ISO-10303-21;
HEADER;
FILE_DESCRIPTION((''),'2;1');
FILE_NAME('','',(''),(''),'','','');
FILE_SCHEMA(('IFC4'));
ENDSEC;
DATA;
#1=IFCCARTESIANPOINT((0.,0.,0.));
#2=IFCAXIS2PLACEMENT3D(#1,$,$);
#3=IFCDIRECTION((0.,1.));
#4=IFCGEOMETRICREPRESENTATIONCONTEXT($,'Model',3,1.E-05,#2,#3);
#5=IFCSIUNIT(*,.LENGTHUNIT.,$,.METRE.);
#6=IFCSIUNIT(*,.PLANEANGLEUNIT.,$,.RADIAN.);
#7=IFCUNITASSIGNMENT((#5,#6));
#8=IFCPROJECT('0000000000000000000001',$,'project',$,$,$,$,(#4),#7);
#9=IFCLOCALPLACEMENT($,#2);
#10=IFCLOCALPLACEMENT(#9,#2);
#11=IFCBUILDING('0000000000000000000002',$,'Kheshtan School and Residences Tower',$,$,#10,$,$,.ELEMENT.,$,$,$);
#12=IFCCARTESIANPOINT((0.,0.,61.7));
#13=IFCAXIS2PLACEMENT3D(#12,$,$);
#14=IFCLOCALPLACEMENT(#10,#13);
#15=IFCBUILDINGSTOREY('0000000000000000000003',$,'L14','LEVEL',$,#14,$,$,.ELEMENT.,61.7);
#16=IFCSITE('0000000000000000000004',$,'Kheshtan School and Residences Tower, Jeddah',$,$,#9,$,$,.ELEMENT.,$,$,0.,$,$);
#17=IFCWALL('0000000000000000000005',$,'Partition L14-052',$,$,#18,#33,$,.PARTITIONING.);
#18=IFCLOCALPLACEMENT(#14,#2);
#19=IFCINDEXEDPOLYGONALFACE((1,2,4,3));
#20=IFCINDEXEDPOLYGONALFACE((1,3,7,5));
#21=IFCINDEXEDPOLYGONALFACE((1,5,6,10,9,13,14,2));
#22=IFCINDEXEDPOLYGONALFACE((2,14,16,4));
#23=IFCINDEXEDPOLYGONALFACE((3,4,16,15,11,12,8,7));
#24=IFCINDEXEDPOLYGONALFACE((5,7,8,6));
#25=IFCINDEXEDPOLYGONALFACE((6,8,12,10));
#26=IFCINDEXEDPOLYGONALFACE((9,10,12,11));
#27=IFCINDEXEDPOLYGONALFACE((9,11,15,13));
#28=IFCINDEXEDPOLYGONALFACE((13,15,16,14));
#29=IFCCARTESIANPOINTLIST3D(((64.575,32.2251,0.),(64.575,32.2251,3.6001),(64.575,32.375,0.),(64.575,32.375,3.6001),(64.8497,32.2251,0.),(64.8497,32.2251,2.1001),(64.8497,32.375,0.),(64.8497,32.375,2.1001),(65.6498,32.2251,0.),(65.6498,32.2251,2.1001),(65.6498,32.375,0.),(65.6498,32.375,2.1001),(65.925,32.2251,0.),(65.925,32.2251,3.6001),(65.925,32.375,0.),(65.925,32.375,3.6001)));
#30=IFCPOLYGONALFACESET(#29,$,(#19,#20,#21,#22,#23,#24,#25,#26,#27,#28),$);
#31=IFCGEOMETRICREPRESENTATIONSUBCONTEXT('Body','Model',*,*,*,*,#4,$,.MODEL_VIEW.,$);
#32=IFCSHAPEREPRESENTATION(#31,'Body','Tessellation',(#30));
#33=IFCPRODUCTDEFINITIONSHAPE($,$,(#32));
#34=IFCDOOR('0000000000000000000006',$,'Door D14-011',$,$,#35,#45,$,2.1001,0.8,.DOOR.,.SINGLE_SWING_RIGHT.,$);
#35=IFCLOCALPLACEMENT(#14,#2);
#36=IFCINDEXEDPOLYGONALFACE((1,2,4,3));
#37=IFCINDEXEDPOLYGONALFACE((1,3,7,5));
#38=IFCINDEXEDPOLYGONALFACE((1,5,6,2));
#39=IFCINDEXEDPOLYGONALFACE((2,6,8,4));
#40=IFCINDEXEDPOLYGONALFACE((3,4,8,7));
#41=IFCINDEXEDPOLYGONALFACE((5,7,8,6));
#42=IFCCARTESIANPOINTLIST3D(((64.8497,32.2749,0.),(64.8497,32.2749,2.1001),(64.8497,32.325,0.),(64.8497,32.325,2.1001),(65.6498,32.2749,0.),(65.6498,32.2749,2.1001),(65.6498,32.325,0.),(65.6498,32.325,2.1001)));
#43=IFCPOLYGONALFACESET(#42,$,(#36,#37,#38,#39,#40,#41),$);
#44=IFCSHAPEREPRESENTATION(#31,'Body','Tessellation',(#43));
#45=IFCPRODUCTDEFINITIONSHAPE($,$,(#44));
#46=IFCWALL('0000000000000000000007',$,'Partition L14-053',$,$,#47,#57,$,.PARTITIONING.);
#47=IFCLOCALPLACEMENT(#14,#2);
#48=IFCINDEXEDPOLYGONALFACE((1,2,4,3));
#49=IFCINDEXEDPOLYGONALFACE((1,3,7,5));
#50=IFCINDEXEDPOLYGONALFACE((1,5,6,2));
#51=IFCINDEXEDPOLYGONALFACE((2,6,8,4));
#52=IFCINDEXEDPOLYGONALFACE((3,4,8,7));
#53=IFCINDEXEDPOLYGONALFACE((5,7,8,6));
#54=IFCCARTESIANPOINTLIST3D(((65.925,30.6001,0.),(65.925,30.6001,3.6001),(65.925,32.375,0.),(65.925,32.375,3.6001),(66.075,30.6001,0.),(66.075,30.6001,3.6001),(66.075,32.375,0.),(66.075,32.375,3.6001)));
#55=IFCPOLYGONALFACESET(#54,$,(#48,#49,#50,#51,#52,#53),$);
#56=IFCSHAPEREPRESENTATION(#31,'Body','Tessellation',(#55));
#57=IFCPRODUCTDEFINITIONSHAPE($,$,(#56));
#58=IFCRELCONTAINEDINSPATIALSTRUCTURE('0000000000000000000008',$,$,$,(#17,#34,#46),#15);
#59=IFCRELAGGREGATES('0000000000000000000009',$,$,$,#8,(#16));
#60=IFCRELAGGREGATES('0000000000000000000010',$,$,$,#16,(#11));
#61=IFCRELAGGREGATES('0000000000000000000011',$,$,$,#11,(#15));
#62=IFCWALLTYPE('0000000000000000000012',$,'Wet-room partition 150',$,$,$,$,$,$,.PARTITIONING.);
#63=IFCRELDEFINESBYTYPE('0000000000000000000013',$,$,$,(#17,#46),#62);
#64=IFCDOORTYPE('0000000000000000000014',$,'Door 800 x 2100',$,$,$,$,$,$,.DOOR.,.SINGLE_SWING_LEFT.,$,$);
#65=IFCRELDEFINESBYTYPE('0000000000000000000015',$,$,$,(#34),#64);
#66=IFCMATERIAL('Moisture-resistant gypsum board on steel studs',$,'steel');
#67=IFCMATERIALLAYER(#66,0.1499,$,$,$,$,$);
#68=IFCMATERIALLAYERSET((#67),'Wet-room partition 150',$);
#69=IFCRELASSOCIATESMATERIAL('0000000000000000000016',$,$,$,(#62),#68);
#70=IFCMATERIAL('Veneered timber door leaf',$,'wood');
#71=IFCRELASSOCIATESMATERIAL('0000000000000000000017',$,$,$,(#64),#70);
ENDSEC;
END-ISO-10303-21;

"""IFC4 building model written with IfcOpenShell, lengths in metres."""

from ifc_helpers import new_model, si_unit, direction, frame, frame_2d, origin, place, context, subcontext, project, spatial, rectangle, extrude, source, transform, mapped, material, layer, layer_set, type_object, element, fill, save


model = new_model("IFC4")

# Units and contexts
model_context = context("Model", 3, precision=1e-05, world=origin(), true_north=direction((0.0, 1.0)))
body_context = subcontext(model_context, "Body", "Model", "MODEL_VIEW")
ifc_project = project(units=[si_unit("LENGTHUNIT", "METRE"), si_unit("PLANEANGLEUNIT", "RADIAN")], contexts=[model_context])

# Site, building, storey
site_placement = place(None, origin())
site = spatial("IfcSite", under=ifc_project, at=site_placement, Name="Kheshtan School and Residences Tower, Jeddah", CompositionType="ELEMENT", RefElevation=0.0)
building_placement = place(site_placement, origin())
building = spatial("IfcBuilding", under=site, at=building_placement, Name="Kheshtan School and Residences Tower", CompositionType="ELEMENT")
storey_placement = place(building_placement, frame((0.0, 0.0, 61.7)))
storey = spatial("IfcBuildingStorey", under=building, at=storey_placement, Name="L14", Description="LEVEL", CompositionType="ELEMENT", Elevation=61.7)

# Wall, opening, door
ifc_material_1 = material(Name="Moisture-resistant gypsum board on steel studs", Category="steel")
ifc_layer_1 = layer(ifc_material_1, 0.1499)
ifc_layer_set_1 = layer_set([ifc_layer_1], Name="Wet-room partition 150")
wall_type_1 = type_object("IfcWallType", Name="Wet-room partition 150", PredefinedType="PARTITIONING", material=ifc_layer_set_1)
wall_1_placement = place(storey_placement, frame((64.575, 32.3, 0.0), z_axis=(0.0, 0.0, 1.0), x_axis=(1.0, 0.0, 0.0)))
wall_1 = element("IfcWall", 1, at=wall_1_placement, inside=storey, type_object=wall_type_1, Name="Partition L14-052", PredefinedType="PARTITIONING", context=body_context, shape_type="SweptSolid", body=[
    extrude(rectangle(XDim=1.3501, YDim=0.1499, at=frame_2d((0.675, 0.0))), origin(), (0.0, 0.0, 1.0), 3.6001),
])
opening_1_placement = place(wall_1_placement, frame((0.2749, 0.0, 0.0)))
opening_1 = element("IfcOpeningElement", 2, at=opening_1_placement, cuts=wall_1, PredefinedType="OPENING", context=body_context, shape_type="SweptSolid", body=[
    extrude(rectangle(XDim=0.8, YDim=2.1001, at=frame_2d((0.3999, 1.05))), frame((0.0, 0.085, 0.0), z_axis=(0.0, -1.0, 0.0), x_axis=(1.0, 0.0, 0.0)), (0.0, 0.0, 1.0), 0.1699),
])
ifc_material_2 = material(Name="Veneered timber door leaf", Category="wood")
door_type_1 = type_object("IfcDoorType", Name="Door 800 x 2100", OperationType="SINGLE_SWING_LEFT", PredefinedType="DOOR", material=ifc_material_2)
shared_shape_1 = source(origin(), body_context, "Body", "SweptSolid", [
    extrude(rectangle(XDim=0.8, YDim=2.1001, at=frame_2d((0.3999, 1.05))), frame((0.0, 0.0249, 0.0), z_axis=(0.0, -1.0, 0.0), x_axis=(1.0, 0.0, 0.0)), (0.0, 0.0, 1.0), 0.05),
])
door_1_placement = place(opening_1_placement, origin())
door_1 = element("IfcDoor", 3, at=door_1_placement, inside=storey, type_object=door_type_1, Name="Door D14-011", OperationType="SINGLE_SWING_RIGHT", OverallHeight=2.1001, OverallWidth=0.8, PredefinedType="DOOR", context=body_context, shape_type="MappedRepresentation", body=[
    mapped(shared_shape_1, transform((0.0, 0.0, 0.0), x_axis=(1.0, 0.0, 0.0), y_axis=(0.0, 1.0, 0.0), z_axis=(0.0, 0.0, 1.0), scale=1.0)),
])
fill(opening_1, door_1)

# Wall
wall_2_placement = place(storey_placement, frame((66.0, 30.6001, 0.0), z_axis=(0.0, 0.0, 1.0), x_axis=(0.0, 1.0, 0.0)))
element("IfcWall", 4, at=wall_2_placement, inside=storey, type_object=wall_type_1, Name="Partition L14-053", PredefinedType="PARTITIONING", context=body_context, shape_type="SweptSolid", body=[
    extrude(rectangle(XDim=1.7749, YDim=0.1499, at=frame_2d((0.8875, 0.0))), origin(), (0.0, 0.0, 1.0), 3.6001),
])

save(model, "model.ifc")
